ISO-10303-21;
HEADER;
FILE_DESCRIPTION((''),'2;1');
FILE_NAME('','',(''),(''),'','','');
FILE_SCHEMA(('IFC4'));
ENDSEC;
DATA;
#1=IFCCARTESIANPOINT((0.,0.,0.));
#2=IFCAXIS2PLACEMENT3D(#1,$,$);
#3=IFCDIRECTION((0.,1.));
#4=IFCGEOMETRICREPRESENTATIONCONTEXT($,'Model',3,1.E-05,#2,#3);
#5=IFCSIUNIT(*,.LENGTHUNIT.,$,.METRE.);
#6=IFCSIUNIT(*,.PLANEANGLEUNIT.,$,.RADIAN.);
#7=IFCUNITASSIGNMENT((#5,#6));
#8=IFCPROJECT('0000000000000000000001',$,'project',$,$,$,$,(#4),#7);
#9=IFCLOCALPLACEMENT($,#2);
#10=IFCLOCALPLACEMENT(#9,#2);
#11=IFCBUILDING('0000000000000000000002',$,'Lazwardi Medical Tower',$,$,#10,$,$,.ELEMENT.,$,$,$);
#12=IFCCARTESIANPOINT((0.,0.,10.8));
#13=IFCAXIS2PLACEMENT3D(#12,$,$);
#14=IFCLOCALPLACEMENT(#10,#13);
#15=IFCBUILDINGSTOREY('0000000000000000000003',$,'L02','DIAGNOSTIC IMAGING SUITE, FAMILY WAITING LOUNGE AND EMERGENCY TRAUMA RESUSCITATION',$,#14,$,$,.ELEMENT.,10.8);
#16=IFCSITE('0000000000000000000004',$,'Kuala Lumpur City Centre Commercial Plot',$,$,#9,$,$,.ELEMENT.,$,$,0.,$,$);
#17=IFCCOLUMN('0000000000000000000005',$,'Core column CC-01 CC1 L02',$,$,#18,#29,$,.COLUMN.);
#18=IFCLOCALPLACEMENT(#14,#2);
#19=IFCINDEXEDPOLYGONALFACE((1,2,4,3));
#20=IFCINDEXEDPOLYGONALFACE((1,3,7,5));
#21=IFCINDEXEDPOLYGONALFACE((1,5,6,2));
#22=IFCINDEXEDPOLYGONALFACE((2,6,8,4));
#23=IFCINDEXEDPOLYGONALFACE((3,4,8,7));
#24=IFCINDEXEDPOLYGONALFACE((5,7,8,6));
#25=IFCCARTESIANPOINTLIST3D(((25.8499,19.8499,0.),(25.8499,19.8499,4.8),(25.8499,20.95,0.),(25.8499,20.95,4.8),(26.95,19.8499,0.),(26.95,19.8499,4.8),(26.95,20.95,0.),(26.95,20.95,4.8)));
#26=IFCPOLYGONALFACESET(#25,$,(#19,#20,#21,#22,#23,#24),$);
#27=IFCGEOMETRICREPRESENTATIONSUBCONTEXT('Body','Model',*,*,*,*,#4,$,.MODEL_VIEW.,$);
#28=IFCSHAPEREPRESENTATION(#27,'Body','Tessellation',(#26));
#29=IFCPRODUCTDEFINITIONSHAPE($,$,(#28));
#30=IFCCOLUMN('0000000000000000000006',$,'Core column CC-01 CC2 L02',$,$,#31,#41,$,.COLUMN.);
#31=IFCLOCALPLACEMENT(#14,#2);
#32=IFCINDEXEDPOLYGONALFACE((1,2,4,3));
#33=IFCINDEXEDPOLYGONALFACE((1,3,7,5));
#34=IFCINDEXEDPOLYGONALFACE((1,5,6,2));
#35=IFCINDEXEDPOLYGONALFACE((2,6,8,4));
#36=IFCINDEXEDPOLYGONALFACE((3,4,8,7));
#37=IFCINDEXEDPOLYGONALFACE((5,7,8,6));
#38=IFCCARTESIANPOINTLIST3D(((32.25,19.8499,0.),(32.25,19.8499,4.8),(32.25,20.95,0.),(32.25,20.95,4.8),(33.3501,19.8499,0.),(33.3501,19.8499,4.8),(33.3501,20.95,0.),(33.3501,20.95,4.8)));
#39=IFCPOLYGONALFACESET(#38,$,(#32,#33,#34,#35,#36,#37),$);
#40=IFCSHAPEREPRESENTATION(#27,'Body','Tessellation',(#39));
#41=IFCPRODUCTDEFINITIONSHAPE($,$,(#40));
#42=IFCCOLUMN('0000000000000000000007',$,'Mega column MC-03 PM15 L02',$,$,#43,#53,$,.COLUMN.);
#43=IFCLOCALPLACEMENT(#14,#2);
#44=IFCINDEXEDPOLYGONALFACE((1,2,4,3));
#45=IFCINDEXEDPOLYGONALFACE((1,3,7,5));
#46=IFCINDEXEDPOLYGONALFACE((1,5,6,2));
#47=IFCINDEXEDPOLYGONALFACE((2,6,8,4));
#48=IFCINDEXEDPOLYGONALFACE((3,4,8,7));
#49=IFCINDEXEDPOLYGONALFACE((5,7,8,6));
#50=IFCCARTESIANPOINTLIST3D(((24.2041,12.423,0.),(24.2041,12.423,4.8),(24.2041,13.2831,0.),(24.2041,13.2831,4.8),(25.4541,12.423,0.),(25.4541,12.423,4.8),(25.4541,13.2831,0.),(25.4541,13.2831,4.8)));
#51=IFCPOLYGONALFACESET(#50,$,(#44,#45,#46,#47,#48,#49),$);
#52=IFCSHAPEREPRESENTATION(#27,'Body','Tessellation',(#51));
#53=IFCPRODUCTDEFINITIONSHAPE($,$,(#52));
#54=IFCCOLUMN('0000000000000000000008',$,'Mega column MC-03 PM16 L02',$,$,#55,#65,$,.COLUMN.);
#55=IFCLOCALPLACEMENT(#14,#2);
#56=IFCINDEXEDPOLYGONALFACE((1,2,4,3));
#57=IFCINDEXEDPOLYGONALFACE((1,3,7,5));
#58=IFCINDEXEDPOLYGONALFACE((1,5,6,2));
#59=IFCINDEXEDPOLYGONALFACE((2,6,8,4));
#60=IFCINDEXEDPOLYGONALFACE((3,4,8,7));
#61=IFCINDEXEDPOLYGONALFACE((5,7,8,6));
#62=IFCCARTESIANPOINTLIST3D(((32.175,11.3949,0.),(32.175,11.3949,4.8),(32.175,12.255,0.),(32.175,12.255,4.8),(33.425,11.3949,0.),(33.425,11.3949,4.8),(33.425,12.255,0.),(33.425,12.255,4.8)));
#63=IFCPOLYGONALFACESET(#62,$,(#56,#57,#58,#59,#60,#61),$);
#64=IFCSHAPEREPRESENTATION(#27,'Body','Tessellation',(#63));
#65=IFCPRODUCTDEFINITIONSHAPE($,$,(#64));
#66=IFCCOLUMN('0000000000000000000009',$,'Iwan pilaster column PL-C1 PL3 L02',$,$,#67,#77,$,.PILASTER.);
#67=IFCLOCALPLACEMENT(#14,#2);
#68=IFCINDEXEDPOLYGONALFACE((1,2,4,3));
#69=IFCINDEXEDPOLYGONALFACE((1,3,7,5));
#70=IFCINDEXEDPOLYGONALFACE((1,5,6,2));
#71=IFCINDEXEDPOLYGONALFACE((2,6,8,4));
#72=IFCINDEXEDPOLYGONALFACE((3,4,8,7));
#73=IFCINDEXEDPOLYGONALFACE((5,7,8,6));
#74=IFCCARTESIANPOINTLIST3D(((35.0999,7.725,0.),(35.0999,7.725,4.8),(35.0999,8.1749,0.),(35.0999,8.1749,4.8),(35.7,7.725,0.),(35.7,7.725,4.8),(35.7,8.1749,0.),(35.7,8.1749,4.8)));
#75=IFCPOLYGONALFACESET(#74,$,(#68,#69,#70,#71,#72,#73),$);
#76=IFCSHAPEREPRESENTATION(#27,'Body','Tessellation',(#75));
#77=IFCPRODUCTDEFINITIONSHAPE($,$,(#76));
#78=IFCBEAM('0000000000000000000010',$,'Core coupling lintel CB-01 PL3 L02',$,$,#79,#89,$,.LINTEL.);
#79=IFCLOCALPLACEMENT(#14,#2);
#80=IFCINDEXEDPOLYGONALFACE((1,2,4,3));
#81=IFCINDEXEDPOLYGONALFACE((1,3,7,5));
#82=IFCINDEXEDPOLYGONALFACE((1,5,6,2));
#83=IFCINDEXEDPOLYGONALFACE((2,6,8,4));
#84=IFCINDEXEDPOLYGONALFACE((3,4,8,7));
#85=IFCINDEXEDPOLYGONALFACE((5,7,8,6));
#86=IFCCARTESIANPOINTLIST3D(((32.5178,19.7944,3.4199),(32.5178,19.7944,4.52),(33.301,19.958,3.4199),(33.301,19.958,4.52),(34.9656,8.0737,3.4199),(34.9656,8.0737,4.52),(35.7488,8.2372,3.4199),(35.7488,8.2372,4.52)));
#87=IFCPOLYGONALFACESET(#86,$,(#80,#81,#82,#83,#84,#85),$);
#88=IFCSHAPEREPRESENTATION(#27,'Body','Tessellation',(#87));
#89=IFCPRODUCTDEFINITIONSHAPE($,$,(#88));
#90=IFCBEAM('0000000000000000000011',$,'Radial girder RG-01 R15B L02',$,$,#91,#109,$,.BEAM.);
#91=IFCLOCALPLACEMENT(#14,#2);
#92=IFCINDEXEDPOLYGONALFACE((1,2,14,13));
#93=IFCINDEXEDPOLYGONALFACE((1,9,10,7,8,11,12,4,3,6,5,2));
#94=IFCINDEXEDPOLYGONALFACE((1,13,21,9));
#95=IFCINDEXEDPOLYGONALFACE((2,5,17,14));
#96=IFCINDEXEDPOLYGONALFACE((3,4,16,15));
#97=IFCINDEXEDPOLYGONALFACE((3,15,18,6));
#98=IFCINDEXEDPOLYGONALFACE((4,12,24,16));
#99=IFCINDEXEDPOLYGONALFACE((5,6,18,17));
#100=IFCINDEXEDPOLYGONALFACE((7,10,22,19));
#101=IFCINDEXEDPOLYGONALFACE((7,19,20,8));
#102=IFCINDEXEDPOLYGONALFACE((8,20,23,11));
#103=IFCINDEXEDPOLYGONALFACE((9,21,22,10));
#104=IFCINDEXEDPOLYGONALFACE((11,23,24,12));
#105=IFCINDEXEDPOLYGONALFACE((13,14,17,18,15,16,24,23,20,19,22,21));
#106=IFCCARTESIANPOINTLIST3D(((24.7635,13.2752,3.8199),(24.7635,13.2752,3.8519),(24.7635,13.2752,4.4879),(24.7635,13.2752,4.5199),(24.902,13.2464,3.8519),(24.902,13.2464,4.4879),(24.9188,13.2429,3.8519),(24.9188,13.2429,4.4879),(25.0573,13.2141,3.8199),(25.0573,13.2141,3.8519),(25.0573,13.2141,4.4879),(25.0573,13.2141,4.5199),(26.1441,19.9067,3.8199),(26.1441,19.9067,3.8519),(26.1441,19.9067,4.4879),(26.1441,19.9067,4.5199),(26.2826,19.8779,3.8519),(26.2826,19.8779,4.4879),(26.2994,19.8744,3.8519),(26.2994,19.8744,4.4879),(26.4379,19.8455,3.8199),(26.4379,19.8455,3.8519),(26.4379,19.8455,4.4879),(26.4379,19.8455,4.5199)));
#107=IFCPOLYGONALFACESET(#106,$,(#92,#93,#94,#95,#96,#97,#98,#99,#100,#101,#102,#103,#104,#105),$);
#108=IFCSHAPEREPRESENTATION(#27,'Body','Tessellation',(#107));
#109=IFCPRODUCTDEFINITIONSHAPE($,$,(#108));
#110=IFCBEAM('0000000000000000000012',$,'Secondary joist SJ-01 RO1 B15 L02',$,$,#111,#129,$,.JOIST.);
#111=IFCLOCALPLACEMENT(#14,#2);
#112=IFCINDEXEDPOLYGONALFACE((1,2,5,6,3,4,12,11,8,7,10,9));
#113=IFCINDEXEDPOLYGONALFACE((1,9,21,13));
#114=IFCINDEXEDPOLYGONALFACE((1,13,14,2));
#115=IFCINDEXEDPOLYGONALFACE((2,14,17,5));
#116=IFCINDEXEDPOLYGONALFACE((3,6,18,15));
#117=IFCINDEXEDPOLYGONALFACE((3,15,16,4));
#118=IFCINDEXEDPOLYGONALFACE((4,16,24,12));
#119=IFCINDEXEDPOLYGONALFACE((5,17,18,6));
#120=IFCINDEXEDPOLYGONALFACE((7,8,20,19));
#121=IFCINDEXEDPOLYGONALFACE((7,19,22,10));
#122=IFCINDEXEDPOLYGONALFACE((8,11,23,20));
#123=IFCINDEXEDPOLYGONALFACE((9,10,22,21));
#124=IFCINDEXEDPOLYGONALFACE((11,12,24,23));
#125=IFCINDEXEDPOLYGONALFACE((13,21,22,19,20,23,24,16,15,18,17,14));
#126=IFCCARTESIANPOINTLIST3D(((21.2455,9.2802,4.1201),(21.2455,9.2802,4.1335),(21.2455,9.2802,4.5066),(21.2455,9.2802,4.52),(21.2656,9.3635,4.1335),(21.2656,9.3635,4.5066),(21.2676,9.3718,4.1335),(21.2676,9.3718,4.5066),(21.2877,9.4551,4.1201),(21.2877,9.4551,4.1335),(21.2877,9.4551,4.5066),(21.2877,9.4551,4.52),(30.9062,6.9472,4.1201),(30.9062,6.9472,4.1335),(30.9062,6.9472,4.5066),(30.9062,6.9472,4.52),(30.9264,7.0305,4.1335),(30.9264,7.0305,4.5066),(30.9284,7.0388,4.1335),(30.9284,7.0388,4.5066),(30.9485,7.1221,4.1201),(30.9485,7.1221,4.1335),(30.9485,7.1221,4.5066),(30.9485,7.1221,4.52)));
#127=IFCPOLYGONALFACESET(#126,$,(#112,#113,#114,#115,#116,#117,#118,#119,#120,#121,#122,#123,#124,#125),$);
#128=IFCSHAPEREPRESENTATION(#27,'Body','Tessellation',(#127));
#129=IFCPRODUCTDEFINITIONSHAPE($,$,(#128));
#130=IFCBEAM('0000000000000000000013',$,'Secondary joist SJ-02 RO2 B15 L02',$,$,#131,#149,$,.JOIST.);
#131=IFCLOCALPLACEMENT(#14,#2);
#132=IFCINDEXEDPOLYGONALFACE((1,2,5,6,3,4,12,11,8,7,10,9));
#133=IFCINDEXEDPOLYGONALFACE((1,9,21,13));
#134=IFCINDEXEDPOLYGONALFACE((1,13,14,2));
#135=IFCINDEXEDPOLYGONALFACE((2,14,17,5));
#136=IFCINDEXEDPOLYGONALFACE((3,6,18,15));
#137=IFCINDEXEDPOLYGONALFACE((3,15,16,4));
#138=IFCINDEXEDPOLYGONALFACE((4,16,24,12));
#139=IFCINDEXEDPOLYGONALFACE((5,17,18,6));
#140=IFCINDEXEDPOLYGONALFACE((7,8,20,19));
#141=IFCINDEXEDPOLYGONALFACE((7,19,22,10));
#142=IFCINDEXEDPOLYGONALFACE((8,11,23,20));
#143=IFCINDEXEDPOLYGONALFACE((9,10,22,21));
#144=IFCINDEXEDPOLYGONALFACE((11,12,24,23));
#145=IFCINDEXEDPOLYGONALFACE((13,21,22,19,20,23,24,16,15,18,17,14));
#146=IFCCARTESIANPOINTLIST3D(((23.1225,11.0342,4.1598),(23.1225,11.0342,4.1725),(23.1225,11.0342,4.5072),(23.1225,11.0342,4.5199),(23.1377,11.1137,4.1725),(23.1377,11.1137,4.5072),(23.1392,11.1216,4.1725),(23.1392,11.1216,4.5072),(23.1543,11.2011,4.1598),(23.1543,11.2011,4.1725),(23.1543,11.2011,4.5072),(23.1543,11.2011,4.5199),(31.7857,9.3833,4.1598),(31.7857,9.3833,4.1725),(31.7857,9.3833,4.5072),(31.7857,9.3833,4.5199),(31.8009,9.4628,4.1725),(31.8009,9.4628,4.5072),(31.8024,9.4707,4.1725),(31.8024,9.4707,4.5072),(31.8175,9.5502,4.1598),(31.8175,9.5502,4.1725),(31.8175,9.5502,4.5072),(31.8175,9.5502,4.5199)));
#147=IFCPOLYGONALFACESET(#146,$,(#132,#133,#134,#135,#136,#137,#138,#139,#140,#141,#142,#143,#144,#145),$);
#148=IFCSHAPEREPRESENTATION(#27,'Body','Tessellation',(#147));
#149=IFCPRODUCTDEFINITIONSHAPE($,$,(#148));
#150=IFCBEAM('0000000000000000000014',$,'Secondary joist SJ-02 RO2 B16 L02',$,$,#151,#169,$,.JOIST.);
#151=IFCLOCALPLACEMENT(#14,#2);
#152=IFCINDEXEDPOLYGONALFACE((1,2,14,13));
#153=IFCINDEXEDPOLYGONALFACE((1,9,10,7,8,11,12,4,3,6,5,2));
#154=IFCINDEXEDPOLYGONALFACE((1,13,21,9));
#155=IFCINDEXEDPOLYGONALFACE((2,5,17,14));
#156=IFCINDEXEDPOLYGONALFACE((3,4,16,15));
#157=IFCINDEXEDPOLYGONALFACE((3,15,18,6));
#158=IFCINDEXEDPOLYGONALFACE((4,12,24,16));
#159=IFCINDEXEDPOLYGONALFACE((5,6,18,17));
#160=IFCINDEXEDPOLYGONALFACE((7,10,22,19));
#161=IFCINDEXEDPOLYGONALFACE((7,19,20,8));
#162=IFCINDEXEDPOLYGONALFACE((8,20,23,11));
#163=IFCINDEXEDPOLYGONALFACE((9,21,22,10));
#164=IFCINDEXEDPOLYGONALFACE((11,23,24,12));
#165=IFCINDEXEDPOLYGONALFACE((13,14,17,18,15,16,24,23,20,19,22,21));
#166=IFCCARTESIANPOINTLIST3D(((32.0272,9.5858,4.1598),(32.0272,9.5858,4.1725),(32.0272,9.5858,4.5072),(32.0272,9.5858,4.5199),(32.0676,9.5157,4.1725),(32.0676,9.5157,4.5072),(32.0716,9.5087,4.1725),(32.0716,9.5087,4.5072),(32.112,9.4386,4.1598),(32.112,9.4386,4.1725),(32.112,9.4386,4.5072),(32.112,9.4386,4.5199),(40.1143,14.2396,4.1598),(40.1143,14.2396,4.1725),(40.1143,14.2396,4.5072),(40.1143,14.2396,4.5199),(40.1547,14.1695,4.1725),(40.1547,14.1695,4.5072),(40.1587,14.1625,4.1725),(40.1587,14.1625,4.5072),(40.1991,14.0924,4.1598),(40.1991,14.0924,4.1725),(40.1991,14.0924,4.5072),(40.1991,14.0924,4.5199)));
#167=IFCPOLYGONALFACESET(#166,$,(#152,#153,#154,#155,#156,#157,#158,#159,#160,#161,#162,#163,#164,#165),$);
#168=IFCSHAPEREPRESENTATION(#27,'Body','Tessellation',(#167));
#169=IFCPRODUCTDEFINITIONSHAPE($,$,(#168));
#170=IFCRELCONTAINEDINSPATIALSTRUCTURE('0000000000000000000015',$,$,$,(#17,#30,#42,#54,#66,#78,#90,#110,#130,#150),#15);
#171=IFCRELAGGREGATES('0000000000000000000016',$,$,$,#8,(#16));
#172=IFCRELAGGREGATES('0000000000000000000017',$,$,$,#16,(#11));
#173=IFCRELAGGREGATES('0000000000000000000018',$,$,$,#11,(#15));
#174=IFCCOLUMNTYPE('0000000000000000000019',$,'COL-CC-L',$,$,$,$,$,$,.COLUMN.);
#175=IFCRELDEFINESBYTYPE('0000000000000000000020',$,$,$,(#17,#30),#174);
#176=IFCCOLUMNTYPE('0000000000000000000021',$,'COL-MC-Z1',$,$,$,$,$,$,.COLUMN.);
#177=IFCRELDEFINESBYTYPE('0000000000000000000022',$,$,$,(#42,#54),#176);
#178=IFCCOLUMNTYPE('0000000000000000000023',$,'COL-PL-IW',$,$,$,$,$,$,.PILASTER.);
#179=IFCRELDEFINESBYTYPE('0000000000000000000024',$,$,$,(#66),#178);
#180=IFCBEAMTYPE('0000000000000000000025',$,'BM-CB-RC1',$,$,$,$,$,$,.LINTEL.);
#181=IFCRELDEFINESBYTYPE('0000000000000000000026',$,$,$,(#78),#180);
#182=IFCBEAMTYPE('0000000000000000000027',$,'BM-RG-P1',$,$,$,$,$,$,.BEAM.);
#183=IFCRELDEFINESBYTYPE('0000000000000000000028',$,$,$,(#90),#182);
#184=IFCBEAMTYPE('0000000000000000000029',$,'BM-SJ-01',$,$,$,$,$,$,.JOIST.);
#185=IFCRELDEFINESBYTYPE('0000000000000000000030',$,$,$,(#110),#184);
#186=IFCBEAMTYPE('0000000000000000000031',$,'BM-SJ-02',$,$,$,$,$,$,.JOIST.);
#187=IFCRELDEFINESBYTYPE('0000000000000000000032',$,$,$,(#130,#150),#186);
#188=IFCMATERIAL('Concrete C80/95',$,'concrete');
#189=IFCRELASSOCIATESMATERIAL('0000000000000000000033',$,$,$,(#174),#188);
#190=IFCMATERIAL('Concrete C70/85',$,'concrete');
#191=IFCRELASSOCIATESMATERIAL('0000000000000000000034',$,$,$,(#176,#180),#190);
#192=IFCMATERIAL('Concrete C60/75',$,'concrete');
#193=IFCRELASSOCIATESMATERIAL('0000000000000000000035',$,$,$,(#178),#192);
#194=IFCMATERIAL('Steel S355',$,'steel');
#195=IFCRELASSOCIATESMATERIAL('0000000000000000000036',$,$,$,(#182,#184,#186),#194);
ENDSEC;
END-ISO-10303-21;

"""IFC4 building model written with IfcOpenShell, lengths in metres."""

from ifc_helpers import new_model, si_unit, direction, frame, origin, origin_2d, place, context, subcontext, project, spatial, rectangle, i_section, extrude, material, material_profile, profile_set, type_object, element, save


model = new_model("IFC4")

# Units and contexts
model_context = context("Model", 3, precision=1e-05, world=origin(), true_north=direction((0.0, 1.0)))
body_context = subcontext(model_context, "Body", "Model", "MODEL_VIEW")
ifc_project = project(units=[si_unit("LENGTHUNIT", "METRE"), si_unit("PLANEANGLEUNIT", "RADIAN")], contexts=[model_context])

# Site, building, storey
site_placement = place(None, origin())
site = spatial("IfcSite", under=ifc_project, at=site_placement, Name="Kuala Lumpur City Centre Commercial Plot", CompositionType="ELEMENT", RefElevation=0.0)
building_placement = place(site_placement, origin())
building = spatial("IfcBuilding", under=site, at=building_placement, Name="Lazwardi Medical Tower", CompositionType="ELEMENT")
storey_placement = place(building_placement, frame((0.0, 0.0, 10.8)))
storey = spatial("IfcBuildingStorey", under=building, at=storey_placement, Name="L02", Description="DIAGNOSTIC IMAGING SUITE, FAMILY WAITING LOUNGE AND EMERGENCY TRAUMA RESUSCITATION", CompositionType="ELEMENT", Elevation=10.8)

# Columns
ifc_material_1 = material(Name="Concrete C80/95", Category="concrete")
ifc_material_profile_1 = material_profile(ifc_material_1, rectangle(XDim=1.1001, YDim=1.1001, at=origin_2d()), Name="RC 1100x1100")
ifc_profile_set_1 = profile_set([ifc_material_profile_1], Name="Concrete C80/95")
column_type_1 = type_object("IfcColumnType", Name="COL-CC-L", PredefinedType="COLUMN", material=ifc_profile_set_1)
for number, where, z_axis, x_axis, name in (
    (1, (26.3999, 20.3999, 0.0), (0.0, 0.0, 1.0), (1.0, 0.0, 0.0), "Core column CC-01 CC1 L02"),
    (2, (32.8, 20.3999, 0.0), (0.0, 0.0, 1.0), (1.0, 0.0, 0.0), "Core column CC-01 CC2 L02"),
):
    element("IfcColumn", number, at=place(storey_placement, frame(where, z_axis=z_axis, x_axis=x_axis)), inside=storey, type_object=column_type_1, Name=name, PredefinedType="COLUMN", context=body_context, shape_type="SweptSolid", body=[
        extrude(rectangle(XDim=1.1001, YDim=1.1001, at=origin_2d()), origin(), (0.0, 0.0, 1.0), 4.8),
    ])
ifc_material_2 = material(Name="Concrete C70/85", Category="concrete")
ifc_material_profile_2 = material_profile(ifc_material_2, rectangle(XDim=1.25, YDim=0.8601, at=origin_2d()), Name="CFT-RECT 1250x860")
ifc_profile_set_2 = profile_set([ifc_material_profile_2], Name="Concrete C70/85")
column_type_2 = type_object("IfcColumnType", Name="COL-MC-Z1", PredefinedType="COLUMN", material=ifc_profile_set_2)
for number, where, z_axis, x_axis, name in (
    (3, (24.8291, 12.853, 0.0), (0.0, 0.0, 1.0), (1.0, 0.0, 0.0), "Mega column MC-03 PM15 L02"),
    (4, (32.8, 11.825, 0.0), (0.0, 0.0, 1.0), (1.0, 0.0, 0.0), "Mega column MC-03 PM16 L02"),
):
    element("IfcColumn", number, at=place(storey_placement, frame(where, z_axis=z_axis, x_axis=x_axis)), inside=storey, type_object=column_type_2, Name=name, PredefinedType="COLUMN", context=body_context, shape_type="SweptSolid", body=[
        extrude(rectangle(XDim=1.25, YDim=0.8601, at=origin_2d()), origin(), (0.0, 0.0, 1.0), 4.8),
    ])
ifc_material_3 = material(Name="Concrete C60/75", Category="concrete")
ifc_material_profile_3 = material_profile(ifc_material_3, rectangle(XDim=0.6001, YDim=0.45, at=origin_2d()), Name="RC 600x450")
ifc_profile_set_3 = profile_set([ifc_material_profile_3], Name="Concrete C60/75")
column_type_3 = type_object("IfcColumnType", Name="COL-PL-IW", PredefinedType="PILASTER", material=ifc_profile_set_3)
column_placement = place(storey_placement, frame((35.3999, 7.95, 0.0), z_axis=(0.0, 0.0, 1.0), x_axis=(1.0, 0.0, 0.0)))
element("IfcColumn", 5, at=column_placement, inside=storey, type_object=column_type_3, Name="Iwan pilaster column PL-C1 PL3 L02", PredefinedType="PILASTER", context=body_context, shape_type="SweptSolid", body=[
    extrude(rectangle(XDim=0.6001, YDim=0.45, at=origin_2d()), origin(), (0.0, 0.0, 1.0), 4.8),
])

# Beams
ifc_material_profile_4 = material_profile(ifc_material_2, rectangle(XDim=0.8, YDim=1.1001, at=origin_2d()), Name="RC 800x1100")
ifc_profile_set_4 = profile_set([ifc_material_profile_4], Name="Concrete C70/85")
beam_type_1 = type_object("IfcBeamType", Name="BM-CB-RC1", PredefinedType="LINTEL", material=ifc_profile_set_4)
beam_1_placement = place(storey_placement, frame((32.9094, 19.8762, 3.97), z_axis=(0.20443, -0.978881, 0.0), x_axis=(0.978881, 0.20443, 0.0)))
element("IfcBeam", 6, at=beam_1_placement, inside=storey, type_object=beam_type_1, Name="Core coupling lintel CB-01 PL3 L02", PredefinedType="LINTEL", context=body_context, shape_type="SweptSolid", body=[
    extrude(rectangle(XDim=0.8, YDim=1.1001, at=origin_2d()), origin(), (0.0, 0.0, 1.0), 11.9736),
])
ifc_material_4 = material(Name="Steel S355", Category="steel")
ifc_material_profile_5 = material_profile(ifc_material_4, i_section(OverallWidth=0.3, OverallDepth=0.7, WebThickness=0.0171, FlangeThickness=0.032, at=origin_2d()), Name="HEB 700")
ifc_profile_set_5 = profile_set([ifc_material_profile_5], Name="Steel S355")
beam_type_2 = type_object("IfcBeamType", Name="BM-RG-P1", PredefinedType="BEAM", material=ifc_profile_set_5)
beam_2_placement = place(storey_placement, frame((24.9104, 13.2446, 4.1699), z_axis=(0.203818, 0.979009, 0.0), x_axis=(-0.979009, 0.203818, 0.0)))
element("IfcBeam", 7, at=beam_2_placement, inside=storey, type_object=beam_type_2, Name="Radial girder RG-01 R15B L02", PredefinedType="BEAM", context=body_context, shape_type="SweptSolid", body=[
    extrude(i_section(OverallWidth=0.3, OverallDepth=0.7, WebThickness=0.0171, FlangeThickness=0.032, at=origin_2d()), origin(), (0.0, 0.0, 1.0), 6.7737),
])
ifc_material_profile_6 = material_profile(ifc_material_4, i_section(OverallWidth=0.1799, OverallDepth=0.3999, WebThickness=0.0085, FlangeThickness=0.0134, at=origin_2d()), Name="IPE 400")
ifc_profile_set_6 = profile_set([ifc_material_profile_6], Name="Steel S355")
beam_type_3 = type_object("IfcBeamType", Name="BM-SJ-01", PredefinedType="JOIST", material=ifc_profile_set_6)
beam_3_placement = place(storey_placement, frame((21.2666, 9.3677, 4.3201), z_axis=(0.972056, -0.234748, 0.0), x_axis=(0.234748, 0.972056, 0.0)))
element("IfcBeam", 8, at=beam_3_placement, inside=storey, type_object=beam_type_3, Name="Secondary joist SJ-01 RO1 B15 L02", PredefinedType="JOIST", context=body_context, shape_type="SweptSolid", body=[
    extrude(i_section(OverallWidth=0.1799, OverallDepth=0.3999, WebThickness=0.0085, FlangeThickness=0.0134, at=origin_2d()), origin(), (0.0, 0.0, 1.0), 9.9385),
])
ifc_material_profile_7 = material_profile(ifc_material_4, i_section(OverallWidth=0.1699, OverallDepth=0.3601, WebThickness=0.0081, FlangeThickness=0.0127, at=origin_2d()), Name="IPE 360")
ifc_profile_set_7 = profile_set([ifc_material_profile_7], Name="Steel S355")
beam_type_4 = type_object("IfcBeamType", Name="BM-SJ-02", PredefinedType="JOIST", material=ifc_profile_set_7)
beam_4_placement = place(storey_placement, frame((23.1384, 11.1177, 4.3398), z_axis=(0.982323, -0.187196, 0.0), x_axis=(0.187196, 0.982323, 0.0)))
element("IfcBeam", 9, at=beam_4_placement, inside=storey, type_object=beam_type_4, Name="Secondary joist SJ-02 RO2 B15 L02", PredefinedType="JOIST", context=body_context, shape_type="SweptSolid", body=[
    extrude(i_section(OverallWidth=0.1699, OverallDepth=0.3601, WebThickness=0.0081, FlangeThickness=0.0127, at=origin_2d()), origin(), (0.0, 0.0, 1.0), 8.8191),
])
beam_5_placement = place(storey_placement, frame((32.0696, 9.5122, 4.3398), z_axis=(0.866735, 0.498769, 0.0), x_axis=(-0.498769, 0.866735, 0.0)))
element("IfcBeam", 10, at=beam_5_placement, inside=storey, type_object=beam_type_4, Name="Secondary joist SJ-02 RO2 B16 L02", PredefinedType="JOIST", context=body_context, shape_type="SweptSolid", body=[
    extrude(i_section(OverallWidth=0.1699, OverallDepth=0.3601, WebThickness=0.0081, FlangeThickness=0.0127, at=origin_2d()), origin(), (0.0, 0.0, 1.0), 9.3306),
])

save(model, "model.ifc")
